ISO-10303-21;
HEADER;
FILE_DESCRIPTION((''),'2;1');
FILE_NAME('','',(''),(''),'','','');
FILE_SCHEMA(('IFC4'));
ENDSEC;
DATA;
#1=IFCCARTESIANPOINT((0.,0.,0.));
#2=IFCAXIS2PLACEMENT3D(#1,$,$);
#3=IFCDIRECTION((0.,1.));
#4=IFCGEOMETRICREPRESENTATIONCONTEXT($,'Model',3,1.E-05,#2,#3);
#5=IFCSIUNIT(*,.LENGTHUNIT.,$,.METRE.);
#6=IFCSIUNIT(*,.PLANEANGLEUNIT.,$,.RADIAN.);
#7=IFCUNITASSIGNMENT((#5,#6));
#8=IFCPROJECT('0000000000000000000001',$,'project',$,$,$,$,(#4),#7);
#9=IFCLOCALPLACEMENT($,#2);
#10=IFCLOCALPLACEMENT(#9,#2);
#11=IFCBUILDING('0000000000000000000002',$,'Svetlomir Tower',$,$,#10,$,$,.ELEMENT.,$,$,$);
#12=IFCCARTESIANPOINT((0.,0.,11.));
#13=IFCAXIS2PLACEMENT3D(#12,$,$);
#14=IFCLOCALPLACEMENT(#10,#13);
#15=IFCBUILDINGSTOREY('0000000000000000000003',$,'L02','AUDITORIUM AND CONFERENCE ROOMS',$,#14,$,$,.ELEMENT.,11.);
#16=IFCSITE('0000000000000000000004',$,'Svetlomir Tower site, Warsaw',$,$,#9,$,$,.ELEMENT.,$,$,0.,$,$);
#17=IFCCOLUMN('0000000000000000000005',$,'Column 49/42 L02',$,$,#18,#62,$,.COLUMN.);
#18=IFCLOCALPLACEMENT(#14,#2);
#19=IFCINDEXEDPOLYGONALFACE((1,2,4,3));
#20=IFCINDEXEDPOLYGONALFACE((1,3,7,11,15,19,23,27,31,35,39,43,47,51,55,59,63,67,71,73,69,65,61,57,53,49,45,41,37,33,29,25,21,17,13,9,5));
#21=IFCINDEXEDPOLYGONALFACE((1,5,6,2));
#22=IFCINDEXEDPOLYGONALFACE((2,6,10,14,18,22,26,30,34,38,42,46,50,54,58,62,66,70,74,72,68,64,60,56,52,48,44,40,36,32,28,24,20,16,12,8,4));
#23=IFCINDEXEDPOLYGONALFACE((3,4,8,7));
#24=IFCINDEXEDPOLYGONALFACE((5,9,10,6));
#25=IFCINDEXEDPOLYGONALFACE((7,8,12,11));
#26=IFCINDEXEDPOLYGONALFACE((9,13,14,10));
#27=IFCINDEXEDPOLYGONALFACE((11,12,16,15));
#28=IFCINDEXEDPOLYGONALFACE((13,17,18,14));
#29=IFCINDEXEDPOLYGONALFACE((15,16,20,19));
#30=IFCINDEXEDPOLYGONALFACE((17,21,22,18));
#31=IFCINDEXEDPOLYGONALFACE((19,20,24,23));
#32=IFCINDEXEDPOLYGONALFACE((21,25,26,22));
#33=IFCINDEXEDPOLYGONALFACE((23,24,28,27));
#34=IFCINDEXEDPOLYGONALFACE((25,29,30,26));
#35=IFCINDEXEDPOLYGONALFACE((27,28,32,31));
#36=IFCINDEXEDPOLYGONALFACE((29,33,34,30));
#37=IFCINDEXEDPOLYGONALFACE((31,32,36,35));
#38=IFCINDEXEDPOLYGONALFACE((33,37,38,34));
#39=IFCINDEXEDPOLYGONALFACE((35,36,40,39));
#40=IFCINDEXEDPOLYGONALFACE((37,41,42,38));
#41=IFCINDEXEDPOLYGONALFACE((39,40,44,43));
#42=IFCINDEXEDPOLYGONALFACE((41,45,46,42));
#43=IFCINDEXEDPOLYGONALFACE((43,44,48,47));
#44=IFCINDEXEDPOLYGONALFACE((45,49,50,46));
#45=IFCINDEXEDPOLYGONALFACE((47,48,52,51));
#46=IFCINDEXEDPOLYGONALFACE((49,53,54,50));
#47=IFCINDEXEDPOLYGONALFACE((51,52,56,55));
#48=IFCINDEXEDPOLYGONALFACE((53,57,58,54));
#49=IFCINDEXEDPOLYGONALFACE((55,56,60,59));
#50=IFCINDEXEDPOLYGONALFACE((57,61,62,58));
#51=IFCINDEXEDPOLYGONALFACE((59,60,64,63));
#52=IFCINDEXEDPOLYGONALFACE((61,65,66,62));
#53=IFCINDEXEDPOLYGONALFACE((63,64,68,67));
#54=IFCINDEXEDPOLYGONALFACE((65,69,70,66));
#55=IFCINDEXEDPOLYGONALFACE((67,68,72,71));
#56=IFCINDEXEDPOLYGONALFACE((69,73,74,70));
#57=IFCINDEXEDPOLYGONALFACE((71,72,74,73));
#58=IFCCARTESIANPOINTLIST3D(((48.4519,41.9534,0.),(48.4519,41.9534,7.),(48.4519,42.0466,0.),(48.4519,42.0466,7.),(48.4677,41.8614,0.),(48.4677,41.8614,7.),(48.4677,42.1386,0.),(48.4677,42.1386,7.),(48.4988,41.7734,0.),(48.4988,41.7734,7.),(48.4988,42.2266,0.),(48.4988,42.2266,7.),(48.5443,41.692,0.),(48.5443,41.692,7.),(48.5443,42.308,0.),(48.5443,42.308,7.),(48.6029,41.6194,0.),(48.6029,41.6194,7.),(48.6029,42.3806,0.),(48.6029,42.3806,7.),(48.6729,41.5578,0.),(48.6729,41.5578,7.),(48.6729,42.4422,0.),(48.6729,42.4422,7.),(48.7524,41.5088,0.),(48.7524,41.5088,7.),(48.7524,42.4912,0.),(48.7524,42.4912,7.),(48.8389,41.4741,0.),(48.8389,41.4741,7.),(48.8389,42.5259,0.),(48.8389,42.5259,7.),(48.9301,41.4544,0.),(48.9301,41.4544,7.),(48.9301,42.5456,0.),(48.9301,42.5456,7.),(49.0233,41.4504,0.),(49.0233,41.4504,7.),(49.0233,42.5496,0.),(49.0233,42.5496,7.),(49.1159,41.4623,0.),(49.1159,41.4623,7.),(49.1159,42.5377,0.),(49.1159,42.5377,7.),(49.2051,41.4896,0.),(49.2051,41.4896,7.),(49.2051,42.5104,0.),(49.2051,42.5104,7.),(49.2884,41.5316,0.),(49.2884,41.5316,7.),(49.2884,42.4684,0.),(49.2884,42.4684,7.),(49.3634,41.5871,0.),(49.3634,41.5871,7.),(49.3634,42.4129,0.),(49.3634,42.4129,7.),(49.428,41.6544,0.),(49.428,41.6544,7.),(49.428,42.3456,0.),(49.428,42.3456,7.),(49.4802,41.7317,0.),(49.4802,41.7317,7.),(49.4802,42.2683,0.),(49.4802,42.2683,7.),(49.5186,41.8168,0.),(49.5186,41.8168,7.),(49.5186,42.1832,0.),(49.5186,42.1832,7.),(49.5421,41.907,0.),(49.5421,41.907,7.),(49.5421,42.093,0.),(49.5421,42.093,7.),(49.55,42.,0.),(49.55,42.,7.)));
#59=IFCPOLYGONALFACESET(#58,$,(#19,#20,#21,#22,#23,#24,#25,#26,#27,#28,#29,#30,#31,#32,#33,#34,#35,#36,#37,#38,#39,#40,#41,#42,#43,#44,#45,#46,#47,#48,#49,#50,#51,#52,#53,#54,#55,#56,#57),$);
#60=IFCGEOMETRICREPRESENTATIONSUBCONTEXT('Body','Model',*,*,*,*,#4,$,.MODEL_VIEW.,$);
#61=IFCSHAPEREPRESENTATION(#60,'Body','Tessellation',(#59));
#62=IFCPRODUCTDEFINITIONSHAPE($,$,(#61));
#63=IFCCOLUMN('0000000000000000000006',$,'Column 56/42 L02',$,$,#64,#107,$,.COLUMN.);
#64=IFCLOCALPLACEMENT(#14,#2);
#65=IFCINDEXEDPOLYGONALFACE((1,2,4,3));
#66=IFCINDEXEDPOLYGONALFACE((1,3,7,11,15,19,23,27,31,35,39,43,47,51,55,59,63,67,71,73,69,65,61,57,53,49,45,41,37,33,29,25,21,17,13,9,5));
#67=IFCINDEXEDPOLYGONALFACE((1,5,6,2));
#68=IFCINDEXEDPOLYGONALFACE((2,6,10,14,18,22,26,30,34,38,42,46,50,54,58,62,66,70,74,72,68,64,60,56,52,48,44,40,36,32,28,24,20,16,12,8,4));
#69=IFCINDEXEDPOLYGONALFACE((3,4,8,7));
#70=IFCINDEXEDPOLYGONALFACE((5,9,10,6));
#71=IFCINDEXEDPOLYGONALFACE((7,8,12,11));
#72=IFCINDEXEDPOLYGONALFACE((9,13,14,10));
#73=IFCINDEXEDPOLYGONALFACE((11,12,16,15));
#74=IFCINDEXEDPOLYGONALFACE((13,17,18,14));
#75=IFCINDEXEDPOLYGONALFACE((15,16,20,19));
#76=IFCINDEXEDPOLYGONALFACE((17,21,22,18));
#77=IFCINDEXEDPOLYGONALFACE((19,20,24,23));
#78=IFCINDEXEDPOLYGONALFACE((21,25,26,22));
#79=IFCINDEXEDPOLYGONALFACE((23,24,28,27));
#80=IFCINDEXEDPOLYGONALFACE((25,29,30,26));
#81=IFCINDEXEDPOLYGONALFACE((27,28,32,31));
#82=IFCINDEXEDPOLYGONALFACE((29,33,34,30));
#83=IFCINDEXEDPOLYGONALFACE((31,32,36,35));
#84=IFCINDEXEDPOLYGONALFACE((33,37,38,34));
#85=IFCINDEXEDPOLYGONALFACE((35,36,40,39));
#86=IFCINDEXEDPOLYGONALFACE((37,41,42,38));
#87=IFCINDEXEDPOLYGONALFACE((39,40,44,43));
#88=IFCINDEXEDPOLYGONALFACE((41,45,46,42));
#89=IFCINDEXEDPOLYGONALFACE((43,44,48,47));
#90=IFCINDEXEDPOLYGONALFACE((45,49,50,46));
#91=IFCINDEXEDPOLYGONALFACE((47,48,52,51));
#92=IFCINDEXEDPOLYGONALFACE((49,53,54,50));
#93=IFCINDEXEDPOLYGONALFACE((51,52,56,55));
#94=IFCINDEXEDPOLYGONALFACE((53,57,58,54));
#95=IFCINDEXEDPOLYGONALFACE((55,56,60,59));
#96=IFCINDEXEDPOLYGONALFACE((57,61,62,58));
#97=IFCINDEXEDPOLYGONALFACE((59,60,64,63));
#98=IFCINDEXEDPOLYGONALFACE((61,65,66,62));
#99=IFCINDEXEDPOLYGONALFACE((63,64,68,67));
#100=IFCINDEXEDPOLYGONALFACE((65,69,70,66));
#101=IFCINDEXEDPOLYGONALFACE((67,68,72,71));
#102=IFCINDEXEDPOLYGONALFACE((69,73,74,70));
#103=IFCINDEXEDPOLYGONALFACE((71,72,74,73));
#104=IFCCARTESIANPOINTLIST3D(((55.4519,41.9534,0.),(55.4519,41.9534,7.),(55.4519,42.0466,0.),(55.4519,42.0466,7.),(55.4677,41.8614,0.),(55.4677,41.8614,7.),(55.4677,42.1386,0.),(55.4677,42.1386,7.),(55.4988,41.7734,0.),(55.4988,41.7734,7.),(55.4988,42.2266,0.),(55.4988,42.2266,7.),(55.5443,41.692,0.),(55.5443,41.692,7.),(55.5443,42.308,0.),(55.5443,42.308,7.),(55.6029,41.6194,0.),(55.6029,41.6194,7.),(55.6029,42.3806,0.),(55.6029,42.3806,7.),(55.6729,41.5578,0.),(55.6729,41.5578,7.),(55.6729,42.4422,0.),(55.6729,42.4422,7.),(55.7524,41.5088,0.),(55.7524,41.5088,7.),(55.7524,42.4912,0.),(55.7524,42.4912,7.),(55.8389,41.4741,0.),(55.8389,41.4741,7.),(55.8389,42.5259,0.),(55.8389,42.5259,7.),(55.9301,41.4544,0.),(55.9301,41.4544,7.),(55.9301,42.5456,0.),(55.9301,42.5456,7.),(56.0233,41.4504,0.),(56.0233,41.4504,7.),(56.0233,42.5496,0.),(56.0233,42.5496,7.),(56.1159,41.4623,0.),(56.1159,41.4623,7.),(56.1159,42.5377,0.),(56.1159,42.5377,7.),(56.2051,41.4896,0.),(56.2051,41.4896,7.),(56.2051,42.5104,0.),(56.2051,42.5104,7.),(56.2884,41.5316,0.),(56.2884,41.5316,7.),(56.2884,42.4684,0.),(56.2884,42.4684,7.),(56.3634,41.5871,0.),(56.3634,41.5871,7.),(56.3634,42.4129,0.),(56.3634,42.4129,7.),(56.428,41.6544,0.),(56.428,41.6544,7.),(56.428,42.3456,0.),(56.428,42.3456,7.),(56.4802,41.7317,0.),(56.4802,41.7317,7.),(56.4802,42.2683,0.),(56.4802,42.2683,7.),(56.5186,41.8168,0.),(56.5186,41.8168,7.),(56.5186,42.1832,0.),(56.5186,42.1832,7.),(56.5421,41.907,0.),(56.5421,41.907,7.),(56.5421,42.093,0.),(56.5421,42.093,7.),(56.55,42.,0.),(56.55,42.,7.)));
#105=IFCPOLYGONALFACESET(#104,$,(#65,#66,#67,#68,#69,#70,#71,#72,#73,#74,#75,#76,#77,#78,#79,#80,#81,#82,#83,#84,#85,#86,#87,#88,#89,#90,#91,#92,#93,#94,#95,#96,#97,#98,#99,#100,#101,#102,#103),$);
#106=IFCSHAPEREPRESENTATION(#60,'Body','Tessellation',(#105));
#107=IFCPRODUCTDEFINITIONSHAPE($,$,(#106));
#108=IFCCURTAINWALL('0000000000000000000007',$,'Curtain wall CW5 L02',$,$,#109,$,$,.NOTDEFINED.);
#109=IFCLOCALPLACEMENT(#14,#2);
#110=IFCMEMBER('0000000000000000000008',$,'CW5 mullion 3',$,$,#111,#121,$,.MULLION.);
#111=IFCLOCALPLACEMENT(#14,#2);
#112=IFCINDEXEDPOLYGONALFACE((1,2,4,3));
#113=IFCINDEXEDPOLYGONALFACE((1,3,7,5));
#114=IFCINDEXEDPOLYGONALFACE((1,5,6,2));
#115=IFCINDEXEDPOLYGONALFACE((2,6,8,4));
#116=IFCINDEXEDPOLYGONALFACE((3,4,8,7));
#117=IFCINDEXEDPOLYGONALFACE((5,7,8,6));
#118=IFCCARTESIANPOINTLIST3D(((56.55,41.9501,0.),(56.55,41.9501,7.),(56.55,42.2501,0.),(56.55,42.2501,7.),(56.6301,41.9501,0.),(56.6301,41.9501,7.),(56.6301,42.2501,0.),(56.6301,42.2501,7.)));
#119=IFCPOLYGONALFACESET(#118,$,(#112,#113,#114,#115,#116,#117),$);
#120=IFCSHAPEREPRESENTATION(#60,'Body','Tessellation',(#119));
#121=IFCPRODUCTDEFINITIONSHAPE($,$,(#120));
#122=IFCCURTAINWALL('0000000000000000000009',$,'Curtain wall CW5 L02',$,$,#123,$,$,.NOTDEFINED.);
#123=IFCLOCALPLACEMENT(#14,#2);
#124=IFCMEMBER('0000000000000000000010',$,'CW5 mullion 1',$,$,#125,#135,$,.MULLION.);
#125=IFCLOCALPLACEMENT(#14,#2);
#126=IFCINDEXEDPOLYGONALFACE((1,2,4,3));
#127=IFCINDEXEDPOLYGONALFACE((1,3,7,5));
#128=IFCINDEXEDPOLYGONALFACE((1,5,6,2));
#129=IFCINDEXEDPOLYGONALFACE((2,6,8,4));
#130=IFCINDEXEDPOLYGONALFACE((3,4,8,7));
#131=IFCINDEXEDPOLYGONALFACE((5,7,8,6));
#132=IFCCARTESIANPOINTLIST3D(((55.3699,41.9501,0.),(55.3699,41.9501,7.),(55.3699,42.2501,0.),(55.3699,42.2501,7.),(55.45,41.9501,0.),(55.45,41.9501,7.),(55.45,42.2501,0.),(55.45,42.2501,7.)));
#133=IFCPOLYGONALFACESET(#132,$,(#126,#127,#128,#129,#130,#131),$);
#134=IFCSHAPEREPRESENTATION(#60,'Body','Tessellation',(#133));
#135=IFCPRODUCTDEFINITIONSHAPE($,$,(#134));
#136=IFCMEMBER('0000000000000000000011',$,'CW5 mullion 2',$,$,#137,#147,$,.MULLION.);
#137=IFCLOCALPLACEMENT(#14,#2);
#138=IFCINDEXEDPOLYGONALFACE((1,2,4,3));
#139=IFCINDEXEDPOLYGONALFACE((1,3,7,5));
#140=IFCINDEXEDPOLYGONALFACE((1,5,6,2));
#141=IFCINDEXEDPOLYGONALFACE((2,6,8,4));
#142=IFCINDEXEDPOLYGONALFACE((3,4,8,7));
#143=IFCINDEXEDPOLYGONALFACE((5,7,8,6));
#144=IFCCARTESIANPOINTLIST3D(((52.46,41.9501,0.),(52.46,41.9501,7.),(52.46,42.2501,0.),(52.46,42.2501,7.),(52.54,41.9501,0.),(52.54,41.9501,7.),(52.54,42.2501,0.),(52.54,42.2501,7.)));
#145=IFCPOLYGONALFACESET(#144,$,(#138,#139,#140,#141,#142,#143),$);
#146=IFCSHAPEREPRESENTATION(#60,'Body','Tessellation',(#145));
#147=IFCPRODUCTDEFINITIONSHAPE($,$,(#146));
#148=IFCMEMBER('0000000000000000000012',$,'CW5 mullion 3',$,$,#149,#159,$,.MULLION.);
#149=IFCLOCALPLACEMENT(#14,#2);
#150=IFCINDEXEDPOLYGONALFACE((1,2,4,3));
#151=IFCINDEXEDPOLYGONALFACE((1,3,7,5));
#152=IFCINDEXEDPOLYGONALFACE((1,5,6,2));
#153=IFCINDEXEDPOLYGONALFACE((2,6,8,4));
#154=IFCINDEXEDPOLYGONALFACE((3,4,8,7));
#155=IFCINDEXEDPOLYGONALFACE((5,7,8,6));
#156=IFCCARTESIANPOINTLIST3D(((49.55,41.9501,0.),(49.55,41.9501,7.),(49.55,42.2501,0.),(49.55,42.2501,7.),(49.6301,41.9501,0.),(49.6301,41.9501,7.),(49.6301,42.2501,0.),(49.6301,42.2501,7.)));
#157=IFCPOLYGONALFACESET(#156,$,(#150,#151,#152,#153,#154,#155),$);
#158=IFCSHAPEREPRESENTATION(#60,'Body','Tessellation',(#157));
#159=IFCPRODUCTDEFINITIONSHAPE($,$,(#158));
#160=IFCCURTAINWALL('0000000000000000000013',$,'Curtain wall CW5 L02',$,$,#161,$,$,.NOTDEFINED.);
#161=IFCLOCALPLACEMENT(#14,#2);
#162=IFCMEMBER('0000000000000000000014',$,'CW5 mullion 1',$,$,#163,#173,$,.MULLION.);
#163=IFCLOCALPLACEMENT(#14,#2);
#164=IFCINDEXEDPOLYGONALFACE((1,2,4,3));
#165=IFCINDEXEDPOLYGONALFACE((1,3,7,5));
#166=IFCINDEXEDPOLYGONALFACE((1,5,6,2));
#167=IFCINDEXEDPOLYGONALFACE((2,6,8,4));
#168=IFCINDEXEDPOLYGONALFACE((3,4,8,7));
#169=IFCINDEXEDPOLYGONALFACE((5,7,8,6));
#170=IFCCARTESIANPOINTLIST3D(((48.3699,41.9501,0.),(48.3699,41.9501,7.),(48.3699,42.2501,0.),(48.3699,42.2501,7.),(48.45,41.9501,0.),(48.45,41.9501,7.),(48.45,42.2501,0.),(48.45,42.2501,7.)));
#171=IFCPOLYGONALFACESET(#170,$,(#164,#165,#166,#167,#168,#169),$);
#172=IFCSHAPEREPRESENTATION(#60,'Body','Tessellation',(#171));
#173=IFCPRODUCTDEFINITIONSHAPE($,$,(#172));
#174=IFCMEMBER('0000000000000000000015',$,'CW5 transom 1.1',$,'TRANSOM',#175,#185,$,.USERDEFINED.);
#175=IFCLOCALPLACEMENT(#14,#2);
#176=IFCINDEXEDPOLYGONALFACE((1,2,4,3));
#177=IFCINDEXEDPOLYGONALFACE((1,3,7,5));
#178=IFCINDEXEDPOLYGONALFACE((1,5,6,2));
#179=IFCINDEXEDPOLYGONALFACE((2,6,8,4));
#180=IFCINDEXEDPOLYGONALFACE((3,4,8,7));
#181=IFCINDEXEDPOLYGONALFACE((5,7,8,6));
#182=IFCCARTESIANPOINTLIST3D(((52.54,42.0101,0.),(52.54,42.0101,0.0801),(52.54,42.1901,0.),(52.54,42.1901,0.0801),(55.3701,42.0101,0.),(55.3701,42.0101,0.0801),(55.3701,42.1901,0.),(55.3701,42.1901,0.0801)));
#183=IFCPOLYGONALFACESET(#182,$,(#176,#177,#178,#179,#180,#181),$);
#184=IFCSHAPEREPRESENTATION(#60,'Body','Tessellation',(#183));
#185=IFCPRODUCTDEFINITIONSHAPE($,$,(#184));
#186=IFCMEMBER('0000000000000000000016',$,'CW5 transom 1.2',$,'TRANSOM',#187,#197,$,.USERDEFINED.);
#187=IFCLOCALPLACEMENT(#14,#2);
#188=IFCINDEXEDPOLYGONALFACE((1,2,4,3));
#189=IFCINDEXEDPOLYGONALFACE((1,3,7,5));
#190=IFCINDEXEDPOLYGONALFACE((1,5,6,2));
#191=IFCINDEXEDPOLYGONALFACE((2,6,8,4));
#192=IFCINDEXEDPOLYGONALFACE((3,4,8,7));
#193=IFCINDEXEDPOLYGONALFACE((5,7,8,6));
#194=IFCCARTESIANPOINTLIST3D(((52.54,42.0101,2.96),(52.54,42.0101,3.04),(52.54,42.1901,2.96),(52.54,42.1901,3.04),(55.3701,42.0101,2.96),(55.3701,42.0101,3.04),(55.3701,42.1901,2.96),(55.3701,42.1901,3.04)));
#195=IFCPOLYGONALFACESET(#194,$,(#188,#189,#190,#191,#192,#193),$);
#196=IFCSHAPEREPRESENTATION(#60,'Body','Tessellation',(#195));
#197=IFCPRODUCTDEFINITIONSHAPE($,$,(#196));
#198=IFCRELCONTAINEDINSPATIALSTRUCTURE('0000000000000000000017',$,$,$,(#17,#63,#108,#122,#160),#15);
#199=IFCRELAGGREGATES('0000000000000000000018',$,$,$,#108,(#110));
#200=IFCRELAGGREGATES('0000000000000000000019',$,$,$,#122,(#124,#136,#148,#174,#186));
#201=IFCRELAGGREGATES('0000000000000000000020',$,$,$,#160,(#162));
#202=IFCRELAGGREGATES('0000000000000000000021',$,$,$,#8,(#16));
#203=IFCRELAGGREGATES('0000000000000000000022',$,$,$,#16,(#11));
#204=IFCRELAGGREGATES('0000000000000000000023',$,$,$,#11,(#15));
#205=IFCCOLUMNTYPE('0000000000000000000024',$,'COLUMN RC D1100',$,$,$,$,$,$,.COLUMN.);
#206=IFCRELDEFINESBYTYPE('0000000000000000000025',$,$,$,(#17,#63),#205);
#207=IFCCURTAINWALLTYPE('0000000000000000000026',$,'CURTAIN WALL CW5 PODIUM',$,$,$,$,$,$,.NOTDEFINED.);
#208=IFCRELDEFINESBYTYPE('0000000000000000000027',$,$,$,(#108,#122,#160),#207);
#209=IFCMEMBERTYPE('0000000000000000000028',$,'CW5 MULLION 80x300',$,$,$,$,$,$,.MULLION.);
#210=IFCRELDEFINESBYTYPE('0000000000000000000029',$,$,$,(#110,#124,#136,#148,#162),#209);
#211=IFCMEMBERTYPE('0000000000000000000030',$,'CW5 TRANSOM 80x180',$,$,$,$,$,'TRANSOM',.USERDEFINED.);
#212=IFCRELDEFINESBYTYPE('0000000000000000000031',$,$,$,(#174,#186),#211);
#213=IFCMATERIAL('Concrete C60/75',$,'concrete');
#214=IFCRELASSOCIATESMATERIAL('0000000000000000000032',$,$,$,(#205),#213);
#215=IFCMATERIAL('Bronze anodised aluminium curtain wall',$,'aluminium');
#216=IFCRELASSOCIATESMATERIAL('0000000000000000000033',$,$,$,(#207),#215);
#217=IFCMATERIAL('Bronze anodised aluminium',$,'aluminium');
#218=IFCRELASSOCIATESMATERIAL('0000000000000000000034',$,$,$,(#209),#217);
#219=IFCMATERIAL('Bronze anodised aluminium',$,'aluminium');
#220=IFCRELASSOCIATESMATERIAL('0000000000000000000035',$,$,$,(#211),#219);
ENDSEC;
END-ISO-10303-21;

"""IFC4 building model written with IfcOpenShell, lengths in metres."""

from ifc_helpers import new_model, si_unit, direction, frame, origin, origin_2d, place, context, subcontext, project, spatial, rectangle, circle, extrude, material, material_profile, profile_set, type_object, element, aggregate, save


model = new_model("IFC4")

# Units and contexts
model_context = context("Model", 3, precision=1e-05, world=origin(), true_north=direction((0.0, 1.0)))
body_context = subcontext(model_context, "Body", "Model", "MODEL_VIEW")
ifc_project = project(units=[si_unit("LENGTHUNIT", "METRE"), si_unit("PLANEANGLEUNIT", "RADIAN")], contexts=[model_context])

# Site, building, storey
site_placement = place(None, origin())
site = spatial("IfcSite", under=ifc_project, at=site_placement, Name="Svetlomir Tower site, Warsaw", CompositionType="ELEMENT", RefElevation=0.0)
building_placement = place(site_placement, origin())
building = spatial("IfcBuilding", under=site, at=building_placement, Name="Svetlomir Tower", CompositionType="ELEMENT")
storey_placement = place(building_placement, frame((0.0, 0.0, 11.0)))
storey = spatial("IfcBuildingStorey", under=building, at=storey_placement, Name="L02", Description="AUDITORIUM AND CONFERENCE ROOMS", CompositionType="ELEMENT", Elevation=11.0)

# Columns
ifc_material_1 = material(Name="Concrete C60/75", Category="concrete")
ifc_material_profile_1 = material_profile(ifc_material_1, circle(Radius=0.55, at=origin_2d()), Name="RC D1100")
ifc_profile_set_1 = profile_set([ifc_material_profile_1], Name="Concrete C60/75")
column_type = type_object("IfcColumnType", Name="COLUMN RC D1100", PredefinedType="COLUMN", material=ifc_profile_set_1)
for number, where, z_axis, x_axis, name in (
    (1, (49.0, 42.0, 0.0), (0.0, 0.0, 1.0), (1.0, 0.0, 0.0), "Column 49/42 L02"),
    (2, (56.0, 42.0, 0.0), (0.0, 0.0, 1.0), (1.0, 0.0, 0.0), "Column 56/42 L02"),
):
    element("IfcColumn", number, at=place(storey_placement, frame(where, z_axis=z_axis, x_axis=x_axis)), inside=storey, type_object=column_type, Name=name, PredefinedType="COLUMN", context=body_context, shape_type="SweptSolid", body=[
        extrude(circle(Radius=0.55, at=origin_2d()), origin(), (0.0, 0.0, 1.0), 7.0),
    ])

# Curtain wall, member
ifc_material_2 = material(Name="Bronze anodised aluminium curtain wall", Category="aluminium")
curtain_wall_type = type_object("IfcCurtainWallType", Name="CURTAIN WALL CW5 PODIUM", PredefinedType="NOTDEFINED", material=ifc_material_2)
curtain_wall_1_placement = place(storey_placement, origin())
curtain_wall_1 = element("IfcCurtainWall", 3, at=curtain_wall_1_placement, inside=storey, type_object=curtain_wall_type, Name="Curtain wall CW5 L02", PredefinedType="NOTDEFINED")
ifc_material_3 = material(Name="Bronze anodised aluminium", Category="aluminium")
ifc_material_profile_2 = material_profile(ifc_material_3, rectangle(XDim=0.0801, YDim=0.3, at=origin_2d()), Name="AL 80x300")
ifc_profile_set_2 = profile_set([ifc_material_profile_2], Name="Bronze anodised aluminium 6063-T6")
member_type_1 = type_object("IfcMemberType", Name="CW5 MULLION 80x300", PredefinedType="MULLION", material=ifc_profile_set_2)
member_1_placement = place(storey_placement, frame((56.5901, 42.1001, 0.0), z_axis=(0.0, 0.0, 1.0), x_axis=(-1.0, 0.0, 0.0)))
member_1 = element("IfcMember", 4, at=member_1_placement, type_object=member_type_1, Name="CW5 mullion 3", PredefinedType="MULLION", context=body_context, shape_type="SweptSolid", body=[
    extrude(rectangle(XDim=0.0801, YDim=0.3, at=origin_2d()), origin(), (0.0, 0.0, 1.0), 7.0),
])

# Curtain wall, members
curtain_wall_2_placement = place(storey_placement, origin())
curtain_wall_2 = element("IfcCurtainWall", 5, at=curtain_wall_2_placement, inside=storey, type_object=curtain_wall_type, Name="Curtain wall CW5 L02", PredefinedType="NOTDEFINED")
member_2_placement = place(storey_placement, frame((55.4099, 42.1001, 0.0), z_axis=(0.0, 0.0, 1.0), x_axis=(-1.0, 0.0, 0.0)))
member_2 = element("IfcMember", 6, at=member_2_placement, type_object=member_type_1, Name="CW5 mullion 1", PredefinedType="MULLION", context=body_context, shape_type="SweptSolid", body=[
    extrude(rectangle(XDim=0.0801, YDim=0.3, at=origin_2d()), origin(), (0.0, 0.0, 1.0), 7.0),
])
member_3_placement = place(storey_placement, frame((52.5, 42.1001, 0.0), z_axis=(0.0, 0.0, 1.0), x_axis=(-1.0, 0.0, 0.0)))
member_3 = element("IfcMember", 7, at=member_3_placement, type_object=member_type_1, Name="CW5 mullion 2", PredefinedType="MULLION", context=body_context, shape_type="SweptSolid", body=[
    extrude(rectangle(XDim=0.0801, YDim=0.3, at=origin_2d()), origin(), (0.0, 0.0, 1.0), 7.0),
])
member_4_placement = place(storey_placement, frame((49.5901, 42.1001, 0.0), z_axis=(0.0, 0.0, 1.0), x_axis=(-1.0, 0.0, 0.0)))
member_4 = element("IfcMember", 8, at=member_4_placement, type_object=member_type_1, Name="CW5 mullion 3", PredefinedType="MULLION", context=body_context, shape_type="SweptSolid", body=[
    extrude(rectangle(XDim=0.0801, YDim=0.3, at=origin_2d()), origin(), (0.0, 0.0, 1.0), 7.0),
])

# Curtain wall, member
curtain_wall_3_placement = place(storey_placement, origin())
curtain_wall_3 = element("IfcCurtainWall", 9, at=curtain_wall_3_placement, inside=storey, type_object=curtain_wall_type, Name="Curtain wall CW5 L02", PredefinedType="NOTDEFINED")
member_5_placement = place(storey_placement, frame((48.4099, 42.1001, 0.0), z_axis=(0.0, 0.0, 1.0), x_axis=(-1.0, 0.0, 0.0)))
member_5 = element("IfcMember", 10, at=member_5_placement, type_object=member_type_1, Name="CW5 mullion 1", PredefinedType="MULLION", context=body_context, shape_type="SweptSolid", body=[
    extrude(rectangle(XDim=0.0801, YDim=0.3, at=origin_2d()), origin(), (0.0, 0.0, 1.0), 7.0),
])

# Members
ifc_material_4 = material(Name="Bronze anodised aluminium", Category="aluminium")
ifc_material_profile_3 = material_profile(ifc_material_4, rectangle(XDim=0.1799, YDim=0.0801, at=origin_2d()), Name="AL 180x80")
ifc_profile_set_3 = profile_set([ifc_material_profile_3], Name="Bronze anodised aluminium 6063-T6")
member_type_2 = type_object("IfcMemberType", Name="CW5 TRANSOM 80x180", ElementType="TRANSOM", PredefinedType="USERDEFINED", material=ifc_profile_set_3)
member_6_placement = place(storey_placement, frame((55.3701, 42.1001, 0.04), z_axis=(-1.0, 0.0, 0.0), x_axis=(0.0, -1.0, 0.0)))
member_6 = element("IfcMember", 11, at=member_6_placement, type_object=member_type_2, Name="CW5 transom 1.1", ObjectType="TRANSOM", PredefinedType="USERDEFINED", context=body_context, shape_type="SweptSolid", body=[
    extrude(rectangle(XDim=0.1799, YDim=0.0801, at=origin_2d()), origin(), (0.0, 0.0, 1.0), 2.8301),
])
member_7_placement = place(storey_placement, frame((55.3701, 42.1001, 3.0), z_axis=(-1.0, 0.0, 0.0), x_axis=(0.0, -1.0, 0.0)))
member_7 = element("IfcMember", 12, at=member_7_placement, type_object=member_type_2, Name="CW5 transom 1.2", ObjectType="TRANSOM", PredefinedType="USERDEFINED", context=body_context, shape_type="SweptSolid", body=[
    extrude(rectangle(XDim=0.1799, YDim=0.0801, at=origin_2d()), origin(), (0.0, 0.0, 1.0), 2.8301),
])

aggregate(curtain_wall_1, [member_1])
aggregate(curtain_wall_2, [member_2, member_3, member_4, member_6, member_7])
aggregate(curtain_wall_3, [member_5])

save(model, "model.ifc")
